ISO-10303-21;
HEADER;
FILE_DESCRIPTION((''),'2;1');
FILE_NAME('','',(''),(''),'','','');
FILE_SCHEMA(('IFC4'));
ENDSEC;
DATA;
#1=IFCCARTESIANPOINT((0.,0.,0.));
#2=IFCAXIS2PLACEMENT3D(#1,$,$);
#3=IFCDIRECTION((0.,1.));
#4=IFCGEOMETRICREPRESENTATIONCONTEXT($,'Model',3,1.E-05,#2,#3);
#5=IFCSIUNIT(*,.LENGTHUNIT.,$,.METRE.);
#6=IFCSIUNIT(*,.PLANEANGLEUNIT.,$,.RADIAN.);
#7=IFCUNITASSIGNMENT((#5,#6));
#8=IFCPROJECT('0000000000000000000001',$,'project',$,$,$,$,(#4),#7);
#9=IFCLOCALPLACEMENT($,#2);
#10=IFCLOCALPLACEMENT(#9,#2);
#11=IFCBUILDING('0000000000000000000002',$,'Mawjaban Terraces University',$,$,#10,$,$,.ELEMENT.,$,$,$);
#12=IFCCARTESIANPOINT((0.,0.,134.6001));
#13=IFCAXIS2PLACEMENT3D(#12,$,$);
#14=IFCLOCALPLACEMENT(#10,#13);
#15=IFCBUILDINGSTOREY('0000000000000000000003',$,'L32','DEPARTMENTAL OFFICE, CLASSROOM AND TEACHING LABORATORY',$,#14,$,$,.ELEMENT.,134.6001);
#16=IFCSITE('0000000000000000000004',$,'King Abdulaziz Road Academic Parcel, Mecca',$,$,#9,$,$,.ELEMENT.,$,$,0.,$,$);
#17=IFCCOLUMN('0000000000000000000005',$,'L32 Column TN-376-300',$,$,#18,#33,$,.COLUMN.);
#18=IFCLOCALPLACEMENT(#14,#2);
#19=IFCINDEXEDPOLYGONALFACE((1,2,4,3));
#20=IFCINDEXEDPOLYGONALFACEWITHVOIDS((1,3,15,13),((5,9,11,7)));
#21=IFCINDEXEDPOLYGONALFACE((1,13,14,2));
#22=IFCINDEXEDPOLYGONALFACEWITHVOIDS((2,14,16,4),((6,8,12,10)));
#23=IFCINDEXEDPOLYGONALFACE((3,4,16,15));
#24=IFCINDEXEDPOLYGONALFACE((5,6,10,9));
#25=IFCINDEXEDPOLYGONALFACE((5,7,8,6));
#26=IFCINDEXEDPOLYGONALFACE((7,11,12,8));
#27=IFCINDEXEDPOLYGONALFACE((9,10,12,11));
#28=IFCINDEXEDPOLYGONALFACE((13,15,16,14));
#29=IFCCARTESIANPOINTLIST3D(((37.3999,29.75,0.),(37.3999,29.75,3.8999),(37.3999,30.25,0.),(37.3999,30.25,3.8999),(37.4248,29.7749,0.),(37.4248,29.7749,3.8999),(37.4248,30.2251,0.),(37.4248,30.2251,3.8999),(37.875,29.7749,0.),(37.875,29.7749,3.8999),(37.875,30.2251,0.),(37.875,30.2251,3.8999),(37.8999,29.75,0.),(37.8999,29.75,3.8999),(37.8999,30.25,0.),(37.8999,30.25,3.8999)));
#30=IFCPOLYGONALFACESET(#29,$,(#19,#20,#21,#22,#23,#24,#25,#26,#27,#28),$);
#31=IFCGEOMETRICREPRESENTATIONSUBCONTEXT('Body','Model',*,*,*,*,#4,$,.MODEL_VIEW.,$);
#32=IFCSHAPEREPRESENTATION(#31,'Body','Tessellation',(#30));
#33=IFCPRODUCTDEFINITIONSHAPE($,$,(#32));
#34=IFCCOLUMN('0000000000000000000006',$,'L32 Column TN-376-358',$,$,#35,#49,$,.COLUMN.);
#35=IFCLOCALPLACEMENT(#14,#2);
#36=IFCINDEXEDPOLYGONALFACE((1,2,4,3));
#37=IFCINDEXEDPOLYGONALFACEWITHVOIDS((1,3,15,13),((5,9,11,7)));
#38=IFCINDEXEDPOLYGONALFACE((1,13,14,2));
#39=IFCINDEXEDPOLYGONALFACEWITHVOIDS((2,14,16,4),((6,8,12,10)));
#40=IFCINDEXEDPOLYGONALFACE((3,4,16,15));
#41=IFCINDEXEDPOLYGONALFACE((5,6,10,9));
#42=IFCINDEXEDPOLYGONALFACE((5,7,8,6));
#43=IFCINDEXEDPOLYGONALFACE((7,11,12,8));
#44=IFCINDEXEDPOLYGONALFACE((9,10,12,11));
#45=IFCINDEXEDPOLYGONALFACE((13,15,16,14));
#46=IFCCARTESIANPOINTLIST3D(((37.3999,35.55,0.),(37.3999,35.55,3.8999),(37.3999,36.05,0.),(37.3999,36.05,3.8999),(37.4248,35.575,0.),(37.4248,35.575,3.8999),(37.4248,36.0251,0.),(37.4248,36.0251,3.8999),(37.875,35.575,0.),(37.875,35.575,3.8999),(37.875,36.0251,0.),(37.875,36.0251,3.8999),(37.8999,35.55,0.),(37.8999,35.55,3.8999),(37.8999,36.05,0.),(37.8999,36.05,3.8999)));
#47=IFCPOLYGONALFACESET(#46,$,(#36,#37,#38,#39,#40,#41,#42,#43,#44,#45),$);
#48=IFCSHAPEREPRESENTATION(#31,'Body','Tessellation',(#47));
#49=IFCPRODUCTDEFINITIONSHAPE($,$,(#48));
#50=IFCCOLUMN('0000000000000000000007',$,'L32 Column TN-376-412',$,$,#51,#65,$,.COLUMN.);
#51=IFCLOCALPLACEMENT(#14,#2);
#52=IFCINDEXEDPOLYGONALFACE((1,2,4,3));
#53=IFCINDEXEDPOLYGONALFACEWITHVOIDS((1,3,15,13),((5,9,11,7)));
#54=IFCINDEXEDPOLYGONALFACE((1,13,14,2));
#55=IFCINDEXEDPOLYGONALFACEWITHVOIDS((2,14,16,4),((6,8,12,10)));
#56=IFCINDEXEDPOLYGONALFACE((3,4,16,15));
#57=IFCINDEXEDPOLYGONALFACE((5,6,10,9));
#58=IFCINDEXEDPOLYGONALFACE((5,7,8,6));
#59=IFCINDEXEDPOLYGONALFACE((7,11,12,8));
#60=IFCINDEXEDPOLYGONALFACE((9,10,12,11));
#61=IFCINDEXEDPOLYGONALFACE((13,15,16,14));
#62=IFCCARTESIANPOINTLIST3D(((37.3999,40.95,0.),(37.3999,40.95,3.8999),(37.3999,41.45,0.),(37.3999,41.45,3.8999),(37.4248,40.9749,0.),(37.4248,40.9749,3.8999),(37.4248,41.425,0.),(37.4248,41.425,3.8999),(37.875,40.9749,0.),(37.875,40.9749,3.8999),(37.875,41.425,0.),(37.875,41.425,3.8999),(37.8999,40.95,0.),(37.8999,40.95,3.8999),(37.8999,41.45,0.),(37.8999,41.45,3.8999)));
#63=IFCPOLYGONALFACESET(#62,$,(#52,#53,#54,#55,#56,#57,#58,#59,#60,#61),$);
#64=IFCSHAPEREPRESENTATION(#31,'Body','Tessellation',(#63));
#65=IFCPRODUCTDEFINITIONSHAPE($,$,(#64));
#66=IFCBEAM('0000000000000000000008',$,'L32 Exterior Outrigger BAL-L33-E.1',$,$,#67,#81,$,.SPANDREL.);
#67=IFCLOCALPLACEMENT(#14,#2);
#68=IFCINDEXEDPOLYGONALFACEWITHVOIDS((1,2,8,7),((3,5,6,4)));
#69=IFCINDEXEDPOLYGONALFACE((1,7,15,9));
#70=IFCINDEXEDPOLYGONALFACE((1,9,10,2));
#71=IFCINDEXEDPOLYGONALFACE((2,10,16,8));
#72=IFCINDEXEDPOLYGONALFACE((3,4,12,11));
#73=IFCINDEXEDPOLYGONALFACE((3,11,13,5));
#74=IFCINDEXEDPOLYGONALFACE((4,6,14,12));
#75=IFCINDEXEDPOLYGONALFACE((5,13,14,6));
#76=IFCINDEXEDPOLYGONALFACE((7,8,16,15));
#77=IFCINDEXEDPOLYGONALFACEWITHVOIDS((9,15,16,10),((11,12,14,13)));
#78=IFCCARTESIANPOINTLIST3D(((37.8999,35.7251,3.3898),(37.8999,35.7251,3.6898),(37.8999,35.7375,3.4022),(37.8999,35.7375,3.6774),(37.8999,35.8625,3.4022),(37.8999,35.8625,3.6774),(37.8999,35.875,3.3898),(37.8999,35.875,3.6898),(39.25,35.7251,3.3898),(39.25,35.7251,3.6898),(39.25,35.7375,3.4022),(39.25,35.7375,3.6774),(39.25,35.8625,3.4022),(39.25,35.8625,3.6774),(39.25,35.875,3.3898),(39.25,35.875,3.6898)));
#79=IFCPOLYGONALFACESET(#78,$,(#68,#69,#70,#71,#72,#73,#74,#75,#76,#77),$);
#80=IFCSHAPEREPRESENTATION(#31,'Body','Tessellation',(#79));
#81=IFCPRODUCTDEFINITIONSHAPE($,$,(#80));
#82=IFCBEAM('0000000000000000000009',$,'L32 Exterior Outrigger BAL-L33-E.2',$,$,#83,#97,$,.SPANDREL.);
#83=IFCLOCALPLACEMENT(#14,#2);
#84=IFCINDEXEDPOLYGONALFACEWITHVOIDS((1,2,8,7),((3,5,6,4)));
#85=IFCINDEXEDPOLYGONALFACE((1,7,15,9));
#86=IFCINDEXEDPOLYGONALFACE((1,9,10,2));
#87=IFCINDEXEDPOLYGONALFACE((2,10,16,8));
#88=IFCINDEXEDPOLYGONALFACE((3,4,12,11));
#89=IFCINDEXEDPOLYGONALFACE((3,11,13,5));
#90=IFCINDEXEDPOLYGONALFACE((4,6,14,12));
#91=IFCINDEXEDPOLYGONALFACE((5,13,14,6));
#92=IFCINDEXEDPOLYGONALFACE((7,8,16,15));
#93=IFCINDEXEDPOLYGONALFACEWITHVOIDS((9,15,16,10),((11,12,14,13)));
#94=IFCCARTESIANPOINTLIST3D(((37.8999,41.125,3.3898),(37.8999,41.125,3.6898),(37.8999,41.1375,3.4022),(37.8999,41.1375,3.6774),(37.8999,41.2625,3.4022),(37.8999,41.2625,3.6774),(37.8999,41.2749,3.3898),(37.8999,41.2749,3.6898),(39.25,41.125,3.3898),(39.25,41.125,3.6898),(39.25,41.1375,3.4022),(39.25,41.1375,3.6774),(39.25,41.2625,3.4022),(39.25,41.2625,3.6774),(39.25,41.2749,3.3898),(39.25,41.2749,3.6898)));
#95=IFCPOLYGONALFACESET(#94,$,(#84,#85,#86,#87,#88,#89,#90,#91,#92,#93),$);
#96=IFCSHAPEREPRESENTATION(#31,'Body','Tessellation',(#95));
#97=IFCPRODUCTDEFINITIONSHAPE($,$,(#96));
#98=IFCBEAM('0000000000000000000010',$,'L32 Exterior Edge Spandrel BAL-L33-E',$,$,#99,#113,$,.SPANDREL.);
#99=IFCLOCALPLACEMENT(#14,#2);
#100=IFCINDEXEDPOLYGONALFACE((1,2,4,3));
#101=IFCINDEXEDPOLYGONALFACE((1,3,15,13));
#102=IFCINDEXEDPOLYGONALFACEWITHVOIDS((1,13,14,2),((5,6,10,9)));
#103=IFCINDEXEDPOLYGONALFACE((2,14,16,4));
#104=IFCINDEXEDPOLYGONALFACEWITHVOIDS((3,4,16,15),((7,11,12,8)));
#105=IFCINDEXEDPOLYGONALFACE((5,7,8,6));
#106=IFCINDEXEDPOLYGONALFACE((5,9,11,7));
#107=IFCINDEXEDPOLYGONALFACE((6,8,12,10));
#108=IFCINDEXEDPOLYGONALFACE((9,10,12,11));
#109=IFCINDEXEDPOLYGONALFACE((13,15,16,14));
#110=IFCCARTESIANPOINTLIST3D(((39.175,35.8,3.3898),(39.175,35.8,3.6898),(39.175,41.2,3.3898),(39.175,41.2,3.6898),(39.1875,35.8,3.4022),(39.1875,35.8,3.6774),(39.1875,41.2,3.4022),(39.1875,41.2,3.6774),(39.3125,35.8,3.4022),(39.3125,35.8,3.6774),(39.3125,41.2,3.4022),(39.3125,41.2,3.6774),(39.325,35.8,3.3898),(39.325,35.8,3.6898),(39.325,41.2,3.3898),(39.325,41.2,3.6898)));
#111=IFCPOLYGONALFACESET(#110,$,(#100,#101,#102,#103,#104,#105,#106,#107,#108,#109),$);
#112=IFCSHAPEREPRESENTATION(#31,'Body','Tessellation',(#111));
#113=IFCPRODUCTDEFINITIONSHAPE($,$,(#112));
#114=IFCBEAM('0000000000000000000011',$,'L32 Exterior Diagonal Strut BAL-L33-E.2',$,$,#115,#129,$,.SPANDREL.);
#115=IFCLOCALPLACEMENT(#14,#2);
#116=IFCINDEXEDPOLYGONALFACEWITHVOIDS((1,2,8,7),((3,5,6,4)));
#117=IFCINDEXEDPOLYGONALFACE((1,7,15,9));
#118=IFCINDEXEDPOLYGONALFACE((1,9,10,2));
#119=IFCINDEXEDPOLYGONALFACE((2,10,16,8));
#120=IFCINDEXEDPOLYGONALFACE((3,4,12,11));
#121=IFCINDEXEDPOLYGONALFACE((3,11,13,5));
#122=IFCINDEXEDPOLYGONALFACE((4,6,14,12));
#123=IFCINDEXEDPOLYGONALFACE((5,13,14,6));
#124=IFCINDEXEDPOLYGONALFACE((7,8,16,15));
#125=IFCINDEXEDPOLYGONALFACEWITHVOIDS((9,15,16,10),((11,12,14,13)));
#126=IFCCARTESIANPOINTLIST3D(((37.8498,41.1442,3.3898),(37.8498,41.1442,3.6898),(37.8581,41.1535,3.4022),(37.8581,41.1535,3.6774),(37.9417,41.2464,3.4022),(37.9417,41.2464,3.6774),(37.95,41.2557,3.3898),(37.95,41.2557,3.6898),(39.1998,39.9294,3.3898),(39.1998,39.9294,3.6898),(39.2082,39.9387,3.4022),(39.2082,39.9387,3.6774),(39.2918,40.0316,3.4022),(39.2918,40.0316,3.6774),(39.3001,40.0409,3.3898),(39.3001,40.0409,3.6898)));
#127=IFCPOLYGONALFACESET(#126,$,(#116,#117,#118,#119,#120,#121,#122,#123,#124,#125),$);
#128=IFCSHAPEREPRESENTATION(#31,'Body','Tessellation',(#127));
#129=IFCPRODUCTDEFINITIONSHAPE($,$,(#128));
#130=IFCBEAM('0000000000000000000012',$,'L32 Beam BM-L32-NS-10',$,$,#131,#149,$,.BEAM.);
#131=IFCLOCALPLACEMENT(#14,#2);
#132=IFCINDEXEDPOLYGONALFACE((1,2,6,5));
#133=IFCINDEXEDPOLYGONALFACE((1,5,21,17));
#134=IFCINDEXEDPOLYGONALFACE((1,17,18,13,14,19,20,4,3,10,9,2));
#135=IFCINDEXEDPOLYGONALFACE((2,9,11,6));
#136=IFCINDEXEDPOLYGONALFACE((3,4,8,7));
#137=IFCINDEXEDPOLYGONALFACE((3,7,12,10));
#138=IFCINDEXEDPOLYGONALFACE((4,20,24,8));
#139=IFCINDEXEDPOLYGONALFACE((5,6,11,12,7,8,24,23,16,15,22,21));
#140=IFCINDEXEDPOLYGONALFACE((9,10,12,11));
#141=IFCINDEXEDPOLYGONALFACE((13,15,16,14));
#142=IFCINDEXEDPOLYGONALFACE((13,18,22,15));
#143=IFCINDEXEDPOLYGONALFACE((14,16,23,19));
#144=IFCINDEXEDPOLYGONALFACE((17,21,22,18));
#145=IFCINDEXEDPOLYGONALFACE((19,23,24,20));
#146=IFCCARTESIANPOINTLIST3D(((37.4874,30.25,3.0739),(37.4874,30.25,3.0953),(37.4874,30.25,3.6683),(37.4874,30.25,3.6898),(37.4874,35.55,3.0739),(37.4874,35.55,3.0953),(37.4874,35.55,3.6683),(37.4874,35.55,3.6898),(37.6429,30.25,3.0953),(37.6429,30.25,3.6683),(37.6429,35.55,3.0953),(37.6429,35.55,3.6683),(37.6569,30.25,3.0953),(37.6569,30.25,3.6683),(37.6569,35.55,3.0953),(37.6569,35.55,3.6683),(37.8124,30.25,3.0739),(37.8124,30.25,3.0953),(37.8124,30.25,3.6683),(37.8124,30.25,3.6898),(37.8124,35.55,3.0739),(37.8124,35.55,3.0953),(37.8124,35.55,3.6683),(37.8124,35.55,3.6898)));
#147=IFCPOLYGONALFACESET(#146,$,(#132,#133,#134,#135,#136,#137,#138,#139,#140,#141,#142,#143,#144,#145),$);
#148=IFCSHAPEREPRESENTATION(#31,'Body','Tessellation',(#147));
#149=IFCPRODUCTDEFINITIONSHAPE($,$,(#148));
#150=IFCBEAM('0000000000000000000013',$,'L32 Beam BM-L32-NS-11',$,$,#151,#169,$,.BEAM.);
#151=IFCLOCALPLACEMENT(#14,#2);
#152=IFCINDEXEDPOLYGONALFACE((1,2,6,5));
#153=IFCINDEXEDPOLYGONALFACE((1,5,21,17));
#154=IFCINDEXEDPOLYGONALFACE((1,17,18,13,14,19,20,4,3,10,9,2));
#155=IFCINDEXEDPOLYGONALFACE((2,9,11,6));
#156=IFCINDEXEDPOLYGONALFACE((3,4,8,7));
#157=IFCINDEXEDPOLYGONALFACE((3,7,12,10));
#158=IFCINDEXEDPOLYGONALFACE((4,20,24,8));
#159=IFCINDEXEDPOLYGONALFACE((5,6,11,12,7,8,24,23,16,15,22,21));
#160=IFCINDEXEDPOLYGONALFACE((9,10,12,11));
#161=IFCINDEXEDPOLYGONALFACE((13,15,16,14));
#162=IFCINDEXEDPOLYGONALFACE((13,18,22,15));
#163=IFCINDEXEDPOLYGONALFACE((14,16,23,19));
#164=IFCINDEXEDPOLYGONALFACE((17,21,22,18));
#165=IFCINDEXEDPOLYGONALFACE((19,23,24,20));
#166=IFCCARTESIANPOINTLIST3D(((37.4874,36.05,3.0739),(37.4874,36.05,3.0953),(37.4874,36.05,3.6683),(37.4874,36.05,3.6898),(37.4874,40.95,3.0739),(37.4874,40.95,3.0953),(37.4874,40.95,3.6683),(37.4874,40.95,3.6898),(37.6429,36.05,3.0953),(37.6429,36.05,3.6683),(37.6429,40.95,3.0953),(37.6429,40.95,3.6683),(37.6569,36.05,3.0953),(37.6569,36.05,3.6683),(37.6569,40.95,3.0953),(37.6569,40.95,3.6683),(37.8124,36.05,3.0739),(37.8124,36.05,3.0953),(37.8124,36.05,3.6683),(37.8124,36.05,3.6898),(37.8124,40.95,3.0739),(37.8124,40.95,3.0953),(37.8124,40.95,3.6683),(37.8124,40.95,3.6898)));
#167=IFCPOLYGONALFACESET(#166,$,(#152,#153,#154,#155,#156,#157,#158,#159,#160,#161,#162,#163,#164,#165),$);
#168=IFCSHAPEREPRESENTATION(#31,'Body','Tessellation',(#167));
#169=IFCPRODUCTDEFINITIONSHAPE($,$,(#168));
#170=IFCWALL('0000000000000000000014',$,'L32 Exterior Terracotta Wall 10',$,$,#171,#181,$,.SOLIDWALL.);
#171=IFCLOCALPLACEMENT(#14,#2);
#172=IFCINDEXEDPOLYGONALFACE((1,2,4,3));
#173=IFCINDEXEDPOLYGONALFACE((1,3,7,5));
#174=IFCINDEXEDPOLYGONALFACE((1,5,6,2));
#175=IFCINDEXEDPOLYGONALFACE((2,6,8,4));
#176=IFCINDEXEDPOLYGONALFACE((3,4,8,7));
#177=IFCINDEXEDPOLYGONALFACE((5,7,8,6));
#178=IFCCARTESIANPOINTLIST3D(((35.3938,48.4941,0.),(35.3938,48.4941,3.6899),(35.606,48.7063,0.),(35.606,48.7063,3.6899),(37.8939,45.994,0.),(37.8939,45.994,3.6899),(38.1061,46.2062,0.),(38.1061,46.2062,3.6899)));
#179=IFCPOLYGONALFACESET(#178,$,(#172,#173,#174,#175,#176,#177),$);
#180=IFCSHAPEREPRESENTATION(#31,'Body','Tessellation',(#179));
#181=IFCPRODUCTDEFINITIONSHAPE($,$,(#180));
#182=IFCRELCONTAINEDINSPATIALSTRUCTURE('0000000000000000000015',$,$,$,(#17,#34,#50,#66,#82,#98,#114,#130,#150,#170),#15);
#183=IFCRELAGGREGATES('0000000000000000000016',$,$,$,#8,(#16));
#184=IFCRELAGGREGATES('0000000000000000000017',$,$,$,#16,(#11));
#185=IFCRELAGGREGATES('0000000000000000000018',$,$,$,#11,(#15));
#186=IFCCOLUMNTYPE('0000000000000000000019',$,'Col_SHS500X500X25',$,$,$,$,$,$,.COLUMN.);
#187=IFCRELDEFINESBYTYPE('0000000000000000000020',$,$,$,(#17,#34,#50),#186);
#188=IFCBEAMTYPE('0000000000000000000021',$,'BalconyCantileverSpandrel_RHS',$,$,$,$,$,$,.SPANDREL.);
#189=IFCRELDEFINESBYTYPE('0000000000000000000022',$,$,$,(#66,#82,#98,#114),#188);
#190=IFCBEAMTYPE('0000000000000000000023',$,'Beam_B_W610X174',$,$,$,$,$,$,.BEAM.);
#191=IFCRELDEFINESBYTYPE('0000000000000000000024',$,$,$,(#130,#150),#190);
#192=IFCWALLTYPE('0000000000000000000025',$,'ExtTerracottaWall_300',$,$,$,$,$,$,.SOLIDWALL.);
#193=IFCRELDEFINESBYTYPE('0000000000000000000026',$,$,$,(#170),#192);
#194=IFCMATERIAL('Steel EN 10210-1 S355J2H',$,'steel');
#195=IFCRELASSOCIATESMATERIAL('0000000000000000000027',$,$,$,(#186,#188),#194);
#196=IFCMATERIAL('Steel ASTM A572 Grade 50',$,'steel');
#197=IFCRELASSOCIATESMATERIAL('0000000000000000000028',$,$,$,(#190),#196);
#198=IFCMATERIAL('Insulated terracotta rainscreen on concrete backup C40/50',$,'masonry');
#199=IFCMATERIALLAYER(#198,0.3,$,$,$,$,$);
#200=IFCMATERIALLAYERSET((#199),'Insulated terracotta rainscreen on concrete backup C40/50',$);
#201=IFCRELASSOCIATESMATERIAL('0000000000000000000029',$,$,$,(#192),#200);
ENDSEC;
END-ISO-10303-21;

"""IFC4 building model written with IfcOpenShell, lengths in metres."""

from ifc_helpers import new_model, si_unit, direction, frame, frame_2d, origin, origin_2d, place, context, subcontext, project, spatial, rectangle, hollow_rectangle, i_section, extrude, material, layer, layer_set, material_profile, profile_set, type_object, element, save


model = new_model("IFC4")

# Units and contexts
model_context = context("Model", 3, precision=1e-05, world=origin(), true_north=direction((0.0, 1.0)))
body_context = subcontext(model_context, "Body", "Model", "MODEL_VIEW")
ifc_project = project(units=[si_unit("LENGTHUNIT", "METRE"), si_unit("PLANEANGLEUNIT", "RADIAN")], contexts=[model_context])

# Site, building, storey
site_placement = place(None, origin())
site = spatial("IfcSite", under=ifc_project, at=site_placement, Name="King Abdulaziz Road Academic Parcel, Mecca", CompositionType="ELEMENT", RefElevation=0.0)
building_placement = place(site_placement, origin())
building = spatial("IfcBuilding", under=site, at=building_placement, Name="Mawjaban Terraces University", CompositionType="ELEMENT")
storey_placement = place(building_placement, frame((0.0, 0.0, 134.6001)))
storey = spatial("IfcBuildingStorey", under=building, at=storey_placement, Name="L32", Description="DEPARTMENTAL OFFICE, CLASSROOM AND TEACHING LABORATORY", CompositionType="ELEMENT", Elevation=134.6001)

# Columns
ifc_material_1 = material(Name="Steel EN 10210-1 S355J2H", Category="steel")
ifc_material_profile_1 = material_profile(ifc_material_1, hollow_rectangle(XDim=0.5, YDim=0.5, WallThickness=0.0249, at=origin_2d()), Name="SHS500X500X25")
ifc_profile_set_1 = profile_set([ifc_material_profile_1], Name="Steel EN 10210-1 S355J2H")
column_type = type_object("IfcColumnType", Name="Col_SHS500X500X25", PredefinedType="COLUMN", material=ifc_profile_set_1)
for number, where, z_axis, x_axis, name in (
    (1, (37.6499, 30.0, 0.0), (0.0, 0.0, 1.0), (1.0, 0.0, 0.0), "L32 Column TN-376-300"),
    (2, (37.6499, 35.8, 0.0), (0.0, 0.0, 1.0), (1.0, 0.0, 0.0), "L32 Column TN-376-358"),
    (3, (37.6499, 41.2, 0.0), (0.0, 0.0, 1.0), (1.0, 0.0, 0.0), "L32 Column TN-376-412"),
):
    element("IfcColumn", number, at=place(storey_placement, frame(where, z_axis=z_axis, x_axis=x_axis)), inside=storey, type_object=column_type, Name=name, PredefinedType="COLUMN", context=body_context, shape_type="SweptSolid", body=[
        extrude(hollow_rectangle(XDim=0.5, YDim=0.5, WallThickness=0.0249, at=origin_2d()), origin(), (0.0, 0.0, 1.0), 3.8999),
    ])

# Beams
ifc_material_profile_2 = material_profile(ifc_material_1, hollow_rectangle(XDim=0.1499, YDim=0.3, WallThickness=0.0125, at=origin_2d()), Name="RHS300X150X12.5")
ifc_profile_set_2 = profile_set([ifc_material_profile_2], Name="Steel EN 10210-1 S355J2H")
beam_type_1 = type_object("IfcBeamType", Name="BalconyCantileverSpandrel_RHS", PredefinedType="SPANDREL", material=ifc_profile_set_2)
for number, where, z_axis, x_axis, name in (
    (4, (37.8999, 35.8, 3.5398), (1.0, 0.0, 0.0), (0.0, 1.0, 0.0), "L32 Exterior Outrigger BAL-L33-E.1"),
    (5, (37.8999, 41.2, 3.5398), (1.0, 0.0, 0.0), (0.0, 1.0, 0.0), "L32 Exterior Outrigger BAL-L33-E.2"),
):
    element("IfcBeam", number, at=place(storey_placement, frame(where, z_axis=z_axis, x_axis=x_axis)), inside=storey, type_object=beam_type_1, Name=name, PredefinedType="SPANDREL", context=body_context, shape_type="SweptSolid", body=[
        extrude(hollow_rectangle(XDim=0.1499, YDim=0.3, WallThickness=0.0125, at=origin_2d()), origin(), (0.0, 0.0, 1.0), 1.3501),
    ])
beam_1_placement = place(storey_placement, frame((39.25, 35.8, 3.5398), z_axis=(0.0, 1.0, 0.0), x_axis=(-1.0, 0.0, 0.0)))
element("IfcBeam", 6, at=beam_1_placement, inside=storey, type_object=beam_type_1, Name="L32 Exterior Edge Spandrel BAL-L33-E", PredefinedType="SPANDREL", context=body_context, shape_type="SweptSolid", body=[
    extrude(hollow_rectangle(XDim=0.1499, YDim=0.3, WallThickness=0.0125, at=origin_2d()), origin(), (0.0, 0.0, 1.0), 5.3999),
])
beam_2_placement = place(storey_placement, frame((37.8999, 41.2, 3.5398), z_axis=(0.743361, -0.66889, 0.0), x_axis=(0.66889, 0.743361, 0.0)))
element("IfcBeam", 7, at=beam_2_placement, inside=storey, type_object=beam_type_1, Name="L32 Exterior Diagonal Strut BAL-L33-E.2", PredefinedType="SPANDREL", context=body_context, shape_type="SweptSolid", body=[
    extrude(hollow_rectangle(XDim=0.1499, YDim=0.3, WallThickness=0.0125, at=origin_2d()), origin(), (0.0, 0.0, 1.0), 1.8162),
])
ifc_material_2 = material(Name="Steel ASTM A572 Grade 50", Category="steel")
ifc_material_profile_3 = material_profile(ifc_material_2, i_section(OverallWidth=0.325, OverallDepth=0.616, WebThickness=0.0139, FlangeThickness=0.0215, at=origin_2d()), Name="W610X174")
ifc_profile_set_3 = profile_set([ifc_material_profile_3], Name="Steel ASTM A572 Grade 50")
beam_type_2 = type_object("IfcBeamType", Name="Beam_B_W610X174", PredefinedType="BEAM", material=ifc_profile_set_3)
beam_3_placement = place(storey_placement, frame((37.6499, 30.25, 3.3818), z_axis=(0.0, 1.0, 0.0), x_axis=(-1.0, 0.0, 0.0)))
element("IfcBeam", 8, at=beam_3_placement, inside=storey, type_object=beam_type_2, Name="L32 Beam BM-L32-NS-10", PredefinedType="BEAM", context=body_context, shape_type="SweptSolid", body=[
    extrude(i_section(OverallWidth=0.325, OverallDepth=0.616, WebThickness=0.0139, FlangeThickness=0.0215, at=origin_2d()), origin(), (0.0, 0.0, 1.0), 5.3),
])
beam_4_placement = place(storey_placement, frame((37.6499, 36.05, 3.3818), z_axis=(0.0, 1.0, 0.0), x_axis=(-1.0, 0.0, 0.0)))
element("IfcBeam", 9, at=beam_4_placement, inside=storey, type_object=beam_type_2, Name="L32 Beam BM-L32-NS-11", PredefinedType="BEAM", context=body_context, shape_type="SweptSolid", body=[
    extrude(i_section(OverallWidth=0.325, OverallDepth=0.616, WebThickness=0.0139, FlangeThickness=0.0215, at=origin_2d()), origin(), (0.0, 0.0, 1.0), 4.8999),
])

# Wall
ifc_material_3 = material(Name="Insulated terracotta rainscreen on concrete backup C40/50", Category="masonry")
ifc_layer_1 = layer(ifc_material_3, 0.3)
ifc_layer_set_1 = layer_set([ifc_layer_1], Name="Insulated terracotta rainscreen on concrete backup C40/50")
wall_type = type_object("IfcWallType", Name="ExtTerracottaWall_300", PredefinedType="SOLIDWALL", material=ifc_layer_set_1)
wall_placement = place(storey_placement, frame((38.0, 46.1001, 0.0), z_axis=(0.0, 0.0, 1.0), x_axis=(-0.707107, 0.707107, 0.0)))
element("IfcWall", 10, at=wall_placement, inside=storey, type_object=wall_type, Name="L32 Exterior Terracotta Wall 10", PredefinedType="SOLIDWALL", context=body_context, shape_type="SweptSolid", body=[
    extrude(rectangle(XDim=3.5356, YDim=0.3, at=frame_2d((1.7678, 0.0))), origin(), (0.0, 0.0, 1.0), 3.6899),
])

save(model, "model.ifc")
